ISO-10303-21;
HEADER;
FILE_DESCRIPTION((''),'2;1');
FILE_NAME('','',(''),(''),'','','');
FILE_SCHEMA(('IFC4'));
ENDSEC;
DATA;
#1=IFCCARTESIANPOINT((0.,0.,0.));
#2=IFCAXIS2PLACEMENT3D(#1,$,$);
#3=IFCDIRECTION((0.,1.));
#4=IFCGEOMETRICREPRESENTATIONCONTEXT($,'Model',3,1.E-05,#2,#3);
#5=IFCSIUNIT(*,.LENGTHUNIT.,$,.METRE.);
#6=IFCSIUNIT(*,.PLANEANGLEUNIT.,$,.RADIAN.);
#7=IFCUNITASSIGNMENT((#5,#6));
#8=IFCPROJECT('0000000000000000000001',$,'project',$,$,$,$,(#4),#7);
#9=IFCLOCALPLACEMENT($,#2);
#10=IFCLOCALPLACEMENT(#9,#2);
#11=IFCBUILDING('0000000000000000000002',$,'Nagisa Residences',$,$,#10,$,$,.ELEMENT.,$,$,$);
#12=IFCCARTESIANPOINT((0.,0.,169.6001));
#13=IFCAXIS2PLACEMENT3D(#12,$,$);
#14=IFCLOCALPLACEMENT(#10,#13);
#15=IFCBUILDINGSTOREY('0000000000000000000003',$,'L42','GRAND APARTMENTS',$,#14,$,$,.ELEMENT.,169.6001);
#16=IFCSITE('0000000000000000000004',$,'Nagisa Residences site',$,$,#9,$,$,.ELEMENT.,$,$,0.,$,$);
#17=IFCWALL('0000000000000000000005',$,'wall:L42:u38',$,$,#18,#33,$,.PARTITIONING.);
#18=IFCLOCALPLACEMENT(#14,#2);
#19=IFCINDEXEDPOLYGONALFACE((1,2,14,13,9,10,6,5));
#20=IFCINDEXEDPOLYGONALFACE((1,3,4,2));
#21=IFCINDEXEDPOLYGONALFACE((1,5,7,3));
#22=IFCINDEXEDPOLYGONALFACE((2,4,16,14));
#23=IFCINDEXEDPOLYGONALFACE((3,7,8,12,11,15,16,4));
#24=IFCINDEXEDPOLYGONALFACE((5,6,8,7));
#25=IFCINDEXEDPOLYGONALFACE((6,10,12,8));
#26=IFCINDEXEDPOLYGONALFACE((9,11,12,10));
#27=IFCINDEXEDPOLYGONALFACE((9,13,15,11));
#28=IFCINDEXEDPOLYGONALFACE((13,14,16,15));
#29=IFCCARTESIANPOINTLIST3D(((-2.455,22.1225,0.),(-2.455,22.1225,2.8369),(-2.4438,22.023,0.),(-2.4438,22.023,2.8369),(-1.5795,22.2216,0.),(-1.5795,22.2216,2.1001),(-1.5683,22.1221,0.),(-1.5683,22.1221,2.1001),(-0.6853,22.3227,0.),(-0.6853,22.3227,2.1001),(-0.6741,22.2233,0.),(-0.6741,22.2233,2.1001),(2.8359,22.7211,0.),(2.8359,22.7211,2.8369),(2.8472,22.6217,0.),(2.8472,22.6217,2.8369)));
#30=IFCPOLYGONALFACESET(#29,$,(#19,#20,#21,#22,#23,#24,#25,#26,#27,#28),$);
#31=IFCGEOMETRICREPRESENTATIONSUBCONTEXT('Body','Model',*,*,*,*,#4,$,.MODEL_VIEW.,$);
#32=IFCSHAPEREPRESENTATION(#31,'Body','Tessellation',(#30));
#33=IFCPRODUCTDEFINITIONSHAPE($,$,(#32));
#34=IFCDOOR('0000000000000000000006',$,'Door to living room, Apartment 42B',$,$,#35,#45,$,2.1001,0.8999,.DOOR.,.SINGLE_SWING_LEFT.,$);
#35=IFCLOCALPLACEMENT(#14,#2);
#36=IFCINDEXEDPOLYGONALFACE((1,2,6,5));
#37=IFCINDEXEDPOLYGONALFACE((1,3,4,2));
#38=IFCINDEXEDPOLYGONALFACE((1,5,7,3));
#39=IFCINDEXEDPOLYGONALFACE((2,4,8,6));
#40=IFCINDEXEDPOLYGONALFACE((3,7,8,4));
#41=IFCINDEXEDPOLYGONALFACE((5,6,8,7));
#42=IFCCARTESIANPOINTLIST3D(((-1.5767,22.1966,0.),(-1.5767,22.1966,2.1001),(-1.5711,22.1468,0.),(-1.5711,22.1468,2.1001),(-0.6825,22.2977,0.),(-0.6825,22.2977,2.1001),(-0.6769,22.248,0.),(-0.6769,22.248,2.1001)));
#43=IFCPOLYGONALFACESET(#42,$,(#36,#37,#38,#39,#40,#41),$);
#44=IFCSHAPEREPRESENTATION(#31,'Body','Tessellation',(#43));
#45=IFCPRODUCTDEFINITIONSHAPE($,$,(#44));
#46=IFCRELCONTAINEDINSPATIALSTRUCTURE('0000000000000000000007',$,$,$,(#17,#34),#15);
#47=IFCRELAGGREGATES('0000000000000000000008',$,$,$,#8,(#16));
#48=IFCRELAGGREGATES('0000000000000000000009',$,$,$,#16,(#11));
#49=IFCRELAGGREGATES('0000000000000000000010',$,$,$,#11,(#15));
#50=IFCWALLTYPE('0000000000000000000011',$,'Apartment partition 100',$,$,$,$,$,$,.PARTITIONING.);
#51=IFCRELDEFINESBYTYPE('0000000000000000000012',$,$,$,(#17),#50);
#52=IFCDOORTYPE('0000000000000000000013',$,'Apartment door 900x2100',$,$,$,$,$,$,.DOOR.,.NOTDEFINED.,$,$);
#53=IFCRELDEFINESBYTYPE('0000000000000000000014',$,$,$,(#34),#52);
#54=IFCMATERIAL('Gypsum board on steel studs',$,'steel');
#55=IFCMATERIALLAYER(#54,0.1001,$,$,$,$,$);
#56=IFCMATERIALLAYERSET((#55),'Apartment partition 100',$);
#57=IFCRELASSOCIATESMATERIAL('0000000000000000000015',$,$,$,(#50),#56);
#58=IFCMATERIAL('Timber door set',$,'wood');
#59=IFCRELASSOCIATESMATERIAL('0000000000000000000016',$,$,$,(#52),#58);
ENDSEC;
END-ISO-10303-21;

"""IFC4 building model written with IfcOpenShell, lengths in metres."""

from ifc_helpers import new_model, si_unit, direction, frame, frame_2d, origin, place, context, subcontext, project, spatial, rectangle, extrude, material, layer, layer_set, type_object, element, fill, save


model = new_model("IFC4")

# Units and contexts
model_context = context("Model", 3, precision=1e-05, world=origin(), true_north=direction((0.0, 1.0)))
body_context = subcontext(model_context, "Body", "Model", "MODEL_VIEW")
ifc_project = project(units=[si_unit("LENGTHUNIT", "METRE"), si_unit("PLANEANGLEUNIT", "RADIAN")], contexts=[model_context])

# Site, building, storey
site_placement = place(None, origin())
site = spatial("IfcSite", under=ifc_project, at=site_placement, Name="Nagisa Residences site", CompositionType="ELEMENT", RefElevation=0.0)
building_placement = place(site_placement, origin())
building = spatial("IfcBuilding", under=site, at=building_placement, Name="Nagisa Residences", CompositionType="ELEMENT")
storey_placement = place(building_placement, frame((0.0, 0.0, 169.6001)))
storey = spatial("IfcBuildingStorey", under=building, at=storey_placement, Name="L42", Description="GRAND APARTMENTS", CompositionType="ELEMENT", Elevation=169.6001)

# Shared definitions
ifc_material_1 = material(Name="Gypsum board on steel studs", Category="steel")
ifc_layer_1 = layer(ifc_material_1, 0.1001)
ifc_layer_set_1 = layer_set([ifc_layer_1], Name="Apartment partition 100")
wall_type_1 = type_object("IfcWallType", Name="Apartment partition 100", PredefinedType="PARTITIONING", material=ifc_layer_set_1)
ifc_material_2 = material(Name="Timber door set", Category="wood")
door_type_1 = type_object("IfcDoorType", Name="Apartment door 900x2100", OperationType="NOTDEFINED", PredefinedType="DOOR", material=ifc_material_2)

# Wall, opening, door
wall_1_placement = place(storey_placement, frame((2.8416, 22.6714, 0.0), z_axis=(0.0, 0.0, 1.0), x_axis=(-0.99366, -0.112424, 0.0)))
wall_1 = element("IfcWall", 1, at=wall_1_placement, inside=storey, type_object=wall_type_1, Name="wall:L42:u38", PredefinedType="PARTITIONING", context=body_context, shape_type="SweptSolid", body=[
    extrude(rectangle(XDim=5.3247, YDim=0.1001, at=frame_2d((2.6624, 0.0))), origin(), (0.0, 0.0, 1.0), 2.8369),
])
opening_1_placement = place(wall_1_placement, frame((3.5437, 0.0, 0.0)))
opening_1 = element("IfcOpeningElement", 2, at=opening_1_placement, cuts=wall_1, PredefinedType="OPENING", context=body_context, shape_type="SweptSolid", body=[
    extrude(rectangle(XDim=0.8999, YDim=2.1001, at=frame_2d((0.45, 1.05))), frame((0.0, 0.0601, 0.0), z_axis=(0.0, -1.0, 0.0), x_axis=(1.0, 0.0, 0.0)), (0.0, 0.0, 1.0), 0.1201),
])
door_1_placement = place(opening_1_placement, frame((0.8999, 0.0, 0.0), x_axis=(-1.0, 0.0, 0.0)))
door_1 = element("IfcDoor", 3, at=door_1_placement, inside=storey, type_object=door_type_1, Name="Door to living room, Apartment 42B", OperationType="SINGLE_SWING_LEFT", OverallHeight=2.1001, OverallWidth=0.8999, PredefinedType="DOOR", context=body_context, shape_type="SweptSolid", body=[
    extrude(rectangle(XDim=0.8999, YDim=2.1001, at=frame_2d((0.45, 1.05))), frame((0.0, 0.0249, 0.0), z_axis=(0.0, -1.0, 0.0), x_axis=(1.0, 0.0, 0.0)), (0.0, 0.0, 1.0), 0.05),
])
fill(opening_1, door_1)

save(model, "model.ifc")
